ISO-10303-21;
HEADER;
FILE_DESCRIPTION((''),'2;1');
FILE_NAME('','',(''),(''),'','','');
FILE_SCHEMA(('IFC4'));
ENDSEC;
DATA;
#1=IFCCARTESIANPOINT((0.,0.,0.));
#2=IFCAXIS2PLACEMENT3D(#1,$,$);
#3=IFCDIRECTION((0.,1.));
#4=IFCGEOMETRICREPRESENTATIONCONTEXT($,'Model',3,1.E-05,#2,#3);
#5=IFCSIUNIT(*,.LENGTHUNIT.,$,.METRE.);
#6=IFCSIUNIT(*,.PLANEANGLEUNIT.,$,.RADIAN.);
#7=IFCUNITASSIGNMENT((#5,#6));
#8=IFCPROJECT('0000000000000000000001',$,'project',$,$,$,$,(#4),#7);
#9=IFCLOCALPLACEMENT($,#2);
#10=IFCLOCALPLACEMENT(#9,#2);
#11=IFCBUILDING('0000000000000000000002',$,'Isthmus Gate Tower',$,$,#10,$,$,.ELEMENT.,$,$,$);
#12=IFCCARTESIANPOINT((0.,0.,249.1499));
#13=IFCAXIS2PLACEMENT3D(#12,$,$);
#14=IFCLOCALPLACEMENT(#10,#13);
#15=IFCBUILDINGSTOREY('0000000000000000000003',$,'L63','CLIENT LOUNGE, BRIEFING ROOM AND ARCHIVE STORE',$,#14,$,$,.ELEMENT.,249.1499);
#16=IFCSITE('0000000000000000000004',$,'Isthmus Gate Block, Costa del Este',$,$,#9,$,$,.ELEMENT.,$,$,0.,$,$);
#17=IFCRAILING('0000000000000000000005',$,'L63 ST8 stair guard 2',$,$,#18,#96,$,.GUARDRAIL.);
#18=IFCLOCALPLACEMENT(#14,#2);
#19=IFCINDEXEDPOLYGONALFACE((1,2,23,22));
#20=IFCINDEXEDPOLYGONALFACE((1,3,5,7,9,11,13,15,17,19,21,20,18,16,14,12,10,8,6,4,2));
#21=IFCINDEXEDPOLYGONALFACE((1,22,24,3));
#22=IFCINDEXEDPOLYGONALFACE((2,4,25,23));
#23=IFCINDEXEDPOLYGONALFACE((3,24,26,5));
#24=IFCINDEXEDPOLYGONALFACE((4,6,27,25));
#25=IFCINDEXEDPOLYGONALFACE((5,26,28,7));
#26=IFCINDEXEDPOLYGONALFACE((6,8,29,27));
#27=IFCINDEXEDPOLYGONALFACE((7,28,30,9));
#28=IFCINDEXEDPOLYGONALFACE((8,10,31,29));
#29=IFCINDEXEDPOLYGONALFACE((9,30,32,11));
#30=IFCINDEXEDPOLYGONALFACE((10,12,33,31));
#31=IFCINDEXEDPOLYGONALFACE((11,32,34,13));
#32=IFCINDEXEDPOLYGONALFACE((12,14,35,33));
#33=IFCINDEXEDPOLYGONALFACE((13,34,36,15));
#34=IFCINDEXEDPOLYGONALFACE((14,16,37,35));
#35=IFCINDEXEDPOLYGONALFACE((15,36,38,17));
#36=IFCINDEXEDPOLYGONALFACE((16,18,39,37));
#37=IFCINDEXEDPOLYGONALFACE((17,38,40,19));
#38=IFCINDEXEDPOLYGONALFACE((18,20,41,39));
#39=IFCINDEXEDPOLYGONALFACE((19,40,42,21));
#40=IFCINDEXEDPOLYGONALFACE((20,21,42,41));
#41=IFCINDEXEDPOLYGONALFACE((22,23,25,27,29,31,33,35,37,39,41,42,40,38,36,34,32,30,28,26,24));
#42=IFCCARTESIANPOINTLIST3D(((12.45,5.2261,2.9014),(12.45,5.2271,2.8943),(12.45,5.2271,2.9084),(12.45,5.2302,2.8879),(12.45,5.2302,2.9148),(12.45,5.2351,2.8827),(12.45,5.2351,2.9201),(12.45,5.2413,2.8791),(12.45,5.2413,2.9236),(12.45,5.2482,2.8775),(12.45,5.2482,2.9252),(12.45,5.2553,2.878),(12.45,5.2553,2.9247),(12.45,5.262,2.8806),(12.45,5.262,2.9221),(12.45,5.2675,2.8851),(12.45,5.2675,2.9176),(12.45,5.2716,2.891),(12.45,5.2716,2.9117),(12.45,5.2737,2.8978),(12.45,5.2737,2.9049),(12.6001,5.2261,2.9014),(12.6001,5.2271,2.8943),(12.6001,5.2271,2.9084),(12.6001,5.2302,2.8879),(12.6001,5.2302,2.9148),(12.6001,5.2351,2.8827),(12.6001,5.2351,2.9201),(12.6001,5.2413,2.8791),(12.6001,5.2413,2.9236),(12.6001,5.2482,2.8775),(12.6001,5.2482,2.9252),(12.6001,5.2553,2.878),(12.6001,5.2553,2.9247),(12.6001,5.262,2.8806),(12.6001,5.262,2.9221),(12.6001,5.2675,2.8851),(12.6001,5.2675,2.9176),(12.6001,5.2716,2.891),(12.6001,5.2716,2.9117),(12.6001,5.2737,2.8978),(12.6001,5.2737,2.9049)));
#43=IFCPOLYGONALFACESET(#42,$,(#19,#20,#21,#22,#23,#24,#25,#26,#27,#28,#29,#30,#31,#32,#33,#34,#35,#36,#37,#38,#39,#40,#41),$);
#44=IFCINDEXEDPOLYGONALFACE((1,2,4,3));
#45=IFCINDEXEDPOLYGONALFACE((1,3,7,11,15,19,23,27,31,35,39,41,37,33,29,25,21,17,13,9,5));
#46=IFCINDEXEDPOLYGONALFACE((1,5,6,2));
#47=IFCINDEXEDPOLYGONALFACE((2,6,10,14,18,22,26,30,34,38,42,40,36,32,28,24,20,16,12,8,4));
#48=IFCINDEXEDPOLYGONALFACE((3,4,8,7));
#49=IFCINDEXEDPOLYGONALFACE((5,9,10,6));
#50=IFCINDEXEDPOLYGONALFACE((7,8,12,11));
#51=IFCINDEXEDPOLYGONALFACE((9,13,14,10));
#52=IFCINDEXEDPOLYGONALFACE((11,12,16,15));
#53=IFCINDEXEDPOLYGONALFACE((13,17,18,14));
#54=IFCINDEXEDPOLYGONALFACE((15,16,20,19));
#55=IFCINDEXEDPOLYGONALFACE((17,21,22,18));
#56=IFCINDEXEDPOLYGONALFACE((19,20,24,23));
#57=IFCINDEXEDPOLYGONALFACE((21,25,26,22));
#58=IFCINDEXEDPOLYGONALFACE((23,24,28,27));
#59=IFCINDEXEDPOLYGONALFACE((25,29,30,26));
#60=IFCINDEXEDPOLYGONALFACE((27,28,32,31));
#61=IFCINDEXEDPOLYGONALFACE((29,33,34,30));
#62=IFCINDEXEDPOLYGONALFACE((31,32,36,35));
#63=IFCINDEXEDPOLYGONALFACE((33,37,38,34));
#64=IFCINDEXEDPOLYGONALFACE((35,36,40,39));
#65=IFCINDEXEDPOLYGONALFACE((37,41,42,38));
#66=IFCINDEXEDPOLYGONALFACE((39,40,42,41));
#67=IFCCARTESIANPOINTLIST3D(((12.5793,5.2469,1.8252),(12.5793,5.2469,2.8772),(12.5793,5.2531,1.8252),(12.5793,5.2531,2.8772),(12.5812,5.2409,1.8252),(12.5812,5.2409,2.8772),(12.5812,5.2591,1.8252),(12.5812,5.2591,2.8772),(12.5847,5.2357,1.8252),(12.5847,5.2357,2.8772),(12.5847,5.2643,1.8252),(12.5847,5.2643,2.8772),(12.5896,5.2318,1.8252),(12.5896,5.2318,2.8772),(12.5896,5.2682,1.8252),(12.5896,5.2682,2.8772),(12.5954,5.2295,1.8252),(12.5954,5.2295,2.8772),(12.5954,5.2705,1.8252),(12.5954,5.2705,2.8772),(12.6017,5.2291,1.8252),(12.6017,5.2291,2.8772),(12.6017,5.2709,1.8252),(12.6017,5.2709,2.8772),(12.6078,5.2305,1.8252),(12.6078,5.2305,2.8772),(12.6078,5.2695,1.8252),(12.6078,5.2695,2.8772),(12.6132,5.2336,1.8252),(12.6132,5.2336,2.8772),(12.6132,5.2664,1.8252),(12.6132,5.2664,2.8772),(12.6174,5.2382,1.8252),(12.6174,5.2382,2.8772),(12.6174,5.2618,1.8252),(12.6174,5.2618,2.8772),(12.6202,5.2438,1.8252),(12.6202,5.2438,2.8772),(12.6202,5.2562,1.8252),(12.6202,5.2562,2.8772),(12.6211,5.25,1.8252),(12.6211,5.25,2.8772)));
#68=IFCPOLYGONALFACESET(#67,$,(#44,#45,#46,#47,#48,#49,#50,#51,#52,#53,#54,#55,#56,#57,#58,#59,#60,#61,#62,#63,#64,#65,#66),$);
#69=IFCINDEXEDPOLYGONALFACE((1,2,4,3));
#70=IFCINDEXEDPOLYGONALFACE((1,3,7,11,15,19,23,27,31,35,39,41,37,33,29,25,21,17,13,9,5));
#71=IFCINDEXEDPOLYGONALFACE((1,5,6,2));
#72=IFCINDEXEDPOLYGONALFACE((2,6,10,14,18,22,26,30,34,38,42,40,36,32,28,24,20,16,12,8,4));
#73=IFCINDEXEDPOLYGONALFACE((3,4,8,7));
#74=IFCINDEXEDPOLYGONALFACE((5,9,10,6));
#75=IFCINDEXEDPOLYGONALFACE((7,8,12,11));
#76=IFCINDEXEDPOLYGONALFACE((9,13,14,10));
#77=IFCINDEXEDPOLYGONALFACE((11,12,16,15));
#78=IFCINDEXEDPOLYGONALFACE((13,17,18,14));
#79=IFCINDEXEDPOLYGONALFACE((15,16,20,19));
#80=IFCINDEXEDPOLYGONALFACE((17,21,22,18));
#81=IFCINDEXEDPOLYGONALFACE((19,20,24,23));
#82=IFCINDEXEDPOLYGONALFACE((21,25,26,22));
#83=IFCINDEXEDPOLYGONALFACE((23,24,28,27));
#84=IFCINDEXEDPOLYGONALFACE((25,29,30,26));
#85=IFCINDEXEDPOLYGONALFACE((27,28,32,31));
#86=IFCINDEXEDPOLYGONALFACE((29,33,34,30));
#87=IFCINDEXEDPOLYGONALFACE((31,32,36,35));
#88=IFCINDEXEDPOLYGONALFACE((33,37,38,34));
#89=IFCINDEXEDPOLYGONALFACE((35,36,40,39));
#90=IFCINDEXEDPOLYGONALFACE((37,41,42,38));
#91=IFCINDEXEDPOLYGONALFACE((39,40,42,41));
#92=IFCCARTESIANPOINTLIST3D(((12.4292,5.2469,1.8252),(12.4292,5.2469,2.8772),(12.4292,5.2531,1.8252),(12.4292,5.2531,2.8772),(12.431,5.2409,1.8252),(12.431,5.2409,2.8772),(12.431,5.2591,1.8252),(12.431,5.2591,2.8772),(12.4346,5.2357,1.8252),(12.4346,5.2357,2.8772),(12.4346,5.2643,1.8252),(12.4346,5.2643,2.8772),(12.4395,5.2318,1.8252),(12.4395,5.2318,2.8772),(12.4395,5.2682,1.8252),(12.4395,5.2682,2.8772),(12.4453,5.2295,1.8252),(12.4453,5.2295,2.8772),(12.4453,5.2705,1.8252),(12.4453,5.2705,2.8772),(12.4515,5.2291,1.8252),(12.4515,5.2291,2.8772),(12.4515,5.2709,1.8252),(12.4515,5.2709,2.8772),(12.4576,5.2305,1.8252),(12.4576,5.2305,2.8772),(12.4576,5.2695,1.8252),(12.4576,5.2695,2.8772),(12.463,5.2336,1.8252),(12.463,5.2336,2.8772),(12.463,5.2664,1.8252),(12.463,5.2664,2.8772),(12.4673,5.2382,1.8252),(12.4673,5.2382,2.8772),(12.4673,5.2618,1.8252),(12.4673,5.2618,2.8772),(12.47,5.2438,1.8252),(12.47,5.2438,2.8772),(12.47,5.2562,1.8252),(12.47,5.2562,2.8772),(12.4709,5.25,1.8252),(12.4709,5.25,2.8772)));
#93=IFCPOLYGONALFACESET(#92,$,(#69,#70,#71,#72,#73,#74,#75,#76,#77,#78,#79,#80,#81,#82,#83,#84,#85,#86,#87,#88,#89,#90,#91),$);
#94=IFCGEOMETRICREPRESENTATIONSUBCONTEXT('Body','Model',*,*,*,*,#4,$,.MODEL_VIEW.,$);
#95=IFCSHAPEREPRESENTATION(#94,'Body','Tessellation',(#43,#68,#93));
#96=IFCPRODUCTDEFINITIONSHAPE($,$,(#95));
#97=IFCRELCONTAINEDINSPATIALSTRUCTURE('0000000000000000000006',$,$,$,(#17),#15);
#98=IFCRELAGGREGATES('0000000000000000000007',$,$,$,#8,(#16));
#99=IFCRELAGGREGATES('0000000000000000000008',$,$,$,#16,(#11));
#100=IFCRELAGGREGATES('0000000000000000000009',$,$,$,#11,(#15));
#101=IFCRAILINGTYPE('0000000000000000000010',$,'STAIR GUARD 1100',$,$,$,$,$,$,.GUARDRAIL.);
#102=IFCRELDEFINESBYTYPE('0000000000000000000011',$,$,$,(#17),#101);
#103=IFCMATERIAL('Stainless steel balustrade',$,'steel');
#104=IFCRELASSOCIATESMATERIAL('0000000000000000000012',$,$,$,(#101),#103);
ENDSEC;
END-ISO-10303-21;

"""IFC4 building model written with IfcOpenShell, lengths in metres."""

from ifc_helpers import new_model, si_unit, direction, frame, origin, origin_2d, place, context, subcontext, project, spatial, circle, extrude, material, type_object, element, save


model = new_model("IFC4")

# Units and contexts
model_context = context("Model", 3, precision=1e-05, world=origin(), true_north=direction((0.0, 1.0)))
body_context = subcontext(model_context, "Body", "Model", "MODEL_VIEW")
ifc_project = project(units=[si_unit("LENGTHUNIT", "METRE"), si_unit("PLANEANGLEUNIT", "RADIAN")], contexts=[model_context])

# Site, building, storey
site_placement = place(None, origin())
site = spatial("IfcSite", under=ifc_project, at=site_placement, Name="Isthmus Gate Block, Costa del Este", CompositionType="ELEMENT", RefElevation=0.0)
building_placement = place(site_placement, origin())
building = spatial("IfcBuilding", under=site, at=building_placement, Name="Isthmus Gate Tower", CompositionType="ELEMENT")
storey_placement = place(building_placement, frame((0.0, 0.0, 249.1499)))
storey = spatial("IfcBuildingStorey", under=building, at=storey_placement, Name="L63", Description="CLIENT LOUNGE, BRIEFING ROOM AND ARCHIVE STORE", CompositionType="ELEMENT", Elevation=249.1499)

# Railing
ifc_material_1 = material(Name="Stainless steel balustrade", Category="steel")
railing_type_1 = type_object("IfcRailingType", Name="STAIR GUARD 1100", PredefinedType="GUARDRAIL", material=ifc_material_1)
railing_1_placement = place(storey_placement, frame((12.6001, 5.25, 1.8252)))
element("IfcRailing", 1, at=railing_1_placement, inside=storey, type_object=railing_type_1, Name="L63 ST8 stair guard 2", PredefinedType="GUARDRAIL", context=body_context, shape_type="SweptSolid", body=[
    extrude(circle(Radius=0.0239, at=origin_2d()), frame((0.0, 0.0, 1.0762), z_axis=(-1.0, 0.0, 0.0), x_axis=(0.0, -1.0, 0.0)), (0.0, 0.0, 1.0), 0.1501),
    extrude(circle(Radius=0.021, at=origin_2d()), origin(), (0.0, 0.0, 1.0), 1.052),
    extrude(circle(Radius=0.021, at=origin_2d()), frame((-0.1501, 0.0, 0.0)), (0.0, 0.0, 1.0), 1.052),
])

save(model, "model.ifc")
